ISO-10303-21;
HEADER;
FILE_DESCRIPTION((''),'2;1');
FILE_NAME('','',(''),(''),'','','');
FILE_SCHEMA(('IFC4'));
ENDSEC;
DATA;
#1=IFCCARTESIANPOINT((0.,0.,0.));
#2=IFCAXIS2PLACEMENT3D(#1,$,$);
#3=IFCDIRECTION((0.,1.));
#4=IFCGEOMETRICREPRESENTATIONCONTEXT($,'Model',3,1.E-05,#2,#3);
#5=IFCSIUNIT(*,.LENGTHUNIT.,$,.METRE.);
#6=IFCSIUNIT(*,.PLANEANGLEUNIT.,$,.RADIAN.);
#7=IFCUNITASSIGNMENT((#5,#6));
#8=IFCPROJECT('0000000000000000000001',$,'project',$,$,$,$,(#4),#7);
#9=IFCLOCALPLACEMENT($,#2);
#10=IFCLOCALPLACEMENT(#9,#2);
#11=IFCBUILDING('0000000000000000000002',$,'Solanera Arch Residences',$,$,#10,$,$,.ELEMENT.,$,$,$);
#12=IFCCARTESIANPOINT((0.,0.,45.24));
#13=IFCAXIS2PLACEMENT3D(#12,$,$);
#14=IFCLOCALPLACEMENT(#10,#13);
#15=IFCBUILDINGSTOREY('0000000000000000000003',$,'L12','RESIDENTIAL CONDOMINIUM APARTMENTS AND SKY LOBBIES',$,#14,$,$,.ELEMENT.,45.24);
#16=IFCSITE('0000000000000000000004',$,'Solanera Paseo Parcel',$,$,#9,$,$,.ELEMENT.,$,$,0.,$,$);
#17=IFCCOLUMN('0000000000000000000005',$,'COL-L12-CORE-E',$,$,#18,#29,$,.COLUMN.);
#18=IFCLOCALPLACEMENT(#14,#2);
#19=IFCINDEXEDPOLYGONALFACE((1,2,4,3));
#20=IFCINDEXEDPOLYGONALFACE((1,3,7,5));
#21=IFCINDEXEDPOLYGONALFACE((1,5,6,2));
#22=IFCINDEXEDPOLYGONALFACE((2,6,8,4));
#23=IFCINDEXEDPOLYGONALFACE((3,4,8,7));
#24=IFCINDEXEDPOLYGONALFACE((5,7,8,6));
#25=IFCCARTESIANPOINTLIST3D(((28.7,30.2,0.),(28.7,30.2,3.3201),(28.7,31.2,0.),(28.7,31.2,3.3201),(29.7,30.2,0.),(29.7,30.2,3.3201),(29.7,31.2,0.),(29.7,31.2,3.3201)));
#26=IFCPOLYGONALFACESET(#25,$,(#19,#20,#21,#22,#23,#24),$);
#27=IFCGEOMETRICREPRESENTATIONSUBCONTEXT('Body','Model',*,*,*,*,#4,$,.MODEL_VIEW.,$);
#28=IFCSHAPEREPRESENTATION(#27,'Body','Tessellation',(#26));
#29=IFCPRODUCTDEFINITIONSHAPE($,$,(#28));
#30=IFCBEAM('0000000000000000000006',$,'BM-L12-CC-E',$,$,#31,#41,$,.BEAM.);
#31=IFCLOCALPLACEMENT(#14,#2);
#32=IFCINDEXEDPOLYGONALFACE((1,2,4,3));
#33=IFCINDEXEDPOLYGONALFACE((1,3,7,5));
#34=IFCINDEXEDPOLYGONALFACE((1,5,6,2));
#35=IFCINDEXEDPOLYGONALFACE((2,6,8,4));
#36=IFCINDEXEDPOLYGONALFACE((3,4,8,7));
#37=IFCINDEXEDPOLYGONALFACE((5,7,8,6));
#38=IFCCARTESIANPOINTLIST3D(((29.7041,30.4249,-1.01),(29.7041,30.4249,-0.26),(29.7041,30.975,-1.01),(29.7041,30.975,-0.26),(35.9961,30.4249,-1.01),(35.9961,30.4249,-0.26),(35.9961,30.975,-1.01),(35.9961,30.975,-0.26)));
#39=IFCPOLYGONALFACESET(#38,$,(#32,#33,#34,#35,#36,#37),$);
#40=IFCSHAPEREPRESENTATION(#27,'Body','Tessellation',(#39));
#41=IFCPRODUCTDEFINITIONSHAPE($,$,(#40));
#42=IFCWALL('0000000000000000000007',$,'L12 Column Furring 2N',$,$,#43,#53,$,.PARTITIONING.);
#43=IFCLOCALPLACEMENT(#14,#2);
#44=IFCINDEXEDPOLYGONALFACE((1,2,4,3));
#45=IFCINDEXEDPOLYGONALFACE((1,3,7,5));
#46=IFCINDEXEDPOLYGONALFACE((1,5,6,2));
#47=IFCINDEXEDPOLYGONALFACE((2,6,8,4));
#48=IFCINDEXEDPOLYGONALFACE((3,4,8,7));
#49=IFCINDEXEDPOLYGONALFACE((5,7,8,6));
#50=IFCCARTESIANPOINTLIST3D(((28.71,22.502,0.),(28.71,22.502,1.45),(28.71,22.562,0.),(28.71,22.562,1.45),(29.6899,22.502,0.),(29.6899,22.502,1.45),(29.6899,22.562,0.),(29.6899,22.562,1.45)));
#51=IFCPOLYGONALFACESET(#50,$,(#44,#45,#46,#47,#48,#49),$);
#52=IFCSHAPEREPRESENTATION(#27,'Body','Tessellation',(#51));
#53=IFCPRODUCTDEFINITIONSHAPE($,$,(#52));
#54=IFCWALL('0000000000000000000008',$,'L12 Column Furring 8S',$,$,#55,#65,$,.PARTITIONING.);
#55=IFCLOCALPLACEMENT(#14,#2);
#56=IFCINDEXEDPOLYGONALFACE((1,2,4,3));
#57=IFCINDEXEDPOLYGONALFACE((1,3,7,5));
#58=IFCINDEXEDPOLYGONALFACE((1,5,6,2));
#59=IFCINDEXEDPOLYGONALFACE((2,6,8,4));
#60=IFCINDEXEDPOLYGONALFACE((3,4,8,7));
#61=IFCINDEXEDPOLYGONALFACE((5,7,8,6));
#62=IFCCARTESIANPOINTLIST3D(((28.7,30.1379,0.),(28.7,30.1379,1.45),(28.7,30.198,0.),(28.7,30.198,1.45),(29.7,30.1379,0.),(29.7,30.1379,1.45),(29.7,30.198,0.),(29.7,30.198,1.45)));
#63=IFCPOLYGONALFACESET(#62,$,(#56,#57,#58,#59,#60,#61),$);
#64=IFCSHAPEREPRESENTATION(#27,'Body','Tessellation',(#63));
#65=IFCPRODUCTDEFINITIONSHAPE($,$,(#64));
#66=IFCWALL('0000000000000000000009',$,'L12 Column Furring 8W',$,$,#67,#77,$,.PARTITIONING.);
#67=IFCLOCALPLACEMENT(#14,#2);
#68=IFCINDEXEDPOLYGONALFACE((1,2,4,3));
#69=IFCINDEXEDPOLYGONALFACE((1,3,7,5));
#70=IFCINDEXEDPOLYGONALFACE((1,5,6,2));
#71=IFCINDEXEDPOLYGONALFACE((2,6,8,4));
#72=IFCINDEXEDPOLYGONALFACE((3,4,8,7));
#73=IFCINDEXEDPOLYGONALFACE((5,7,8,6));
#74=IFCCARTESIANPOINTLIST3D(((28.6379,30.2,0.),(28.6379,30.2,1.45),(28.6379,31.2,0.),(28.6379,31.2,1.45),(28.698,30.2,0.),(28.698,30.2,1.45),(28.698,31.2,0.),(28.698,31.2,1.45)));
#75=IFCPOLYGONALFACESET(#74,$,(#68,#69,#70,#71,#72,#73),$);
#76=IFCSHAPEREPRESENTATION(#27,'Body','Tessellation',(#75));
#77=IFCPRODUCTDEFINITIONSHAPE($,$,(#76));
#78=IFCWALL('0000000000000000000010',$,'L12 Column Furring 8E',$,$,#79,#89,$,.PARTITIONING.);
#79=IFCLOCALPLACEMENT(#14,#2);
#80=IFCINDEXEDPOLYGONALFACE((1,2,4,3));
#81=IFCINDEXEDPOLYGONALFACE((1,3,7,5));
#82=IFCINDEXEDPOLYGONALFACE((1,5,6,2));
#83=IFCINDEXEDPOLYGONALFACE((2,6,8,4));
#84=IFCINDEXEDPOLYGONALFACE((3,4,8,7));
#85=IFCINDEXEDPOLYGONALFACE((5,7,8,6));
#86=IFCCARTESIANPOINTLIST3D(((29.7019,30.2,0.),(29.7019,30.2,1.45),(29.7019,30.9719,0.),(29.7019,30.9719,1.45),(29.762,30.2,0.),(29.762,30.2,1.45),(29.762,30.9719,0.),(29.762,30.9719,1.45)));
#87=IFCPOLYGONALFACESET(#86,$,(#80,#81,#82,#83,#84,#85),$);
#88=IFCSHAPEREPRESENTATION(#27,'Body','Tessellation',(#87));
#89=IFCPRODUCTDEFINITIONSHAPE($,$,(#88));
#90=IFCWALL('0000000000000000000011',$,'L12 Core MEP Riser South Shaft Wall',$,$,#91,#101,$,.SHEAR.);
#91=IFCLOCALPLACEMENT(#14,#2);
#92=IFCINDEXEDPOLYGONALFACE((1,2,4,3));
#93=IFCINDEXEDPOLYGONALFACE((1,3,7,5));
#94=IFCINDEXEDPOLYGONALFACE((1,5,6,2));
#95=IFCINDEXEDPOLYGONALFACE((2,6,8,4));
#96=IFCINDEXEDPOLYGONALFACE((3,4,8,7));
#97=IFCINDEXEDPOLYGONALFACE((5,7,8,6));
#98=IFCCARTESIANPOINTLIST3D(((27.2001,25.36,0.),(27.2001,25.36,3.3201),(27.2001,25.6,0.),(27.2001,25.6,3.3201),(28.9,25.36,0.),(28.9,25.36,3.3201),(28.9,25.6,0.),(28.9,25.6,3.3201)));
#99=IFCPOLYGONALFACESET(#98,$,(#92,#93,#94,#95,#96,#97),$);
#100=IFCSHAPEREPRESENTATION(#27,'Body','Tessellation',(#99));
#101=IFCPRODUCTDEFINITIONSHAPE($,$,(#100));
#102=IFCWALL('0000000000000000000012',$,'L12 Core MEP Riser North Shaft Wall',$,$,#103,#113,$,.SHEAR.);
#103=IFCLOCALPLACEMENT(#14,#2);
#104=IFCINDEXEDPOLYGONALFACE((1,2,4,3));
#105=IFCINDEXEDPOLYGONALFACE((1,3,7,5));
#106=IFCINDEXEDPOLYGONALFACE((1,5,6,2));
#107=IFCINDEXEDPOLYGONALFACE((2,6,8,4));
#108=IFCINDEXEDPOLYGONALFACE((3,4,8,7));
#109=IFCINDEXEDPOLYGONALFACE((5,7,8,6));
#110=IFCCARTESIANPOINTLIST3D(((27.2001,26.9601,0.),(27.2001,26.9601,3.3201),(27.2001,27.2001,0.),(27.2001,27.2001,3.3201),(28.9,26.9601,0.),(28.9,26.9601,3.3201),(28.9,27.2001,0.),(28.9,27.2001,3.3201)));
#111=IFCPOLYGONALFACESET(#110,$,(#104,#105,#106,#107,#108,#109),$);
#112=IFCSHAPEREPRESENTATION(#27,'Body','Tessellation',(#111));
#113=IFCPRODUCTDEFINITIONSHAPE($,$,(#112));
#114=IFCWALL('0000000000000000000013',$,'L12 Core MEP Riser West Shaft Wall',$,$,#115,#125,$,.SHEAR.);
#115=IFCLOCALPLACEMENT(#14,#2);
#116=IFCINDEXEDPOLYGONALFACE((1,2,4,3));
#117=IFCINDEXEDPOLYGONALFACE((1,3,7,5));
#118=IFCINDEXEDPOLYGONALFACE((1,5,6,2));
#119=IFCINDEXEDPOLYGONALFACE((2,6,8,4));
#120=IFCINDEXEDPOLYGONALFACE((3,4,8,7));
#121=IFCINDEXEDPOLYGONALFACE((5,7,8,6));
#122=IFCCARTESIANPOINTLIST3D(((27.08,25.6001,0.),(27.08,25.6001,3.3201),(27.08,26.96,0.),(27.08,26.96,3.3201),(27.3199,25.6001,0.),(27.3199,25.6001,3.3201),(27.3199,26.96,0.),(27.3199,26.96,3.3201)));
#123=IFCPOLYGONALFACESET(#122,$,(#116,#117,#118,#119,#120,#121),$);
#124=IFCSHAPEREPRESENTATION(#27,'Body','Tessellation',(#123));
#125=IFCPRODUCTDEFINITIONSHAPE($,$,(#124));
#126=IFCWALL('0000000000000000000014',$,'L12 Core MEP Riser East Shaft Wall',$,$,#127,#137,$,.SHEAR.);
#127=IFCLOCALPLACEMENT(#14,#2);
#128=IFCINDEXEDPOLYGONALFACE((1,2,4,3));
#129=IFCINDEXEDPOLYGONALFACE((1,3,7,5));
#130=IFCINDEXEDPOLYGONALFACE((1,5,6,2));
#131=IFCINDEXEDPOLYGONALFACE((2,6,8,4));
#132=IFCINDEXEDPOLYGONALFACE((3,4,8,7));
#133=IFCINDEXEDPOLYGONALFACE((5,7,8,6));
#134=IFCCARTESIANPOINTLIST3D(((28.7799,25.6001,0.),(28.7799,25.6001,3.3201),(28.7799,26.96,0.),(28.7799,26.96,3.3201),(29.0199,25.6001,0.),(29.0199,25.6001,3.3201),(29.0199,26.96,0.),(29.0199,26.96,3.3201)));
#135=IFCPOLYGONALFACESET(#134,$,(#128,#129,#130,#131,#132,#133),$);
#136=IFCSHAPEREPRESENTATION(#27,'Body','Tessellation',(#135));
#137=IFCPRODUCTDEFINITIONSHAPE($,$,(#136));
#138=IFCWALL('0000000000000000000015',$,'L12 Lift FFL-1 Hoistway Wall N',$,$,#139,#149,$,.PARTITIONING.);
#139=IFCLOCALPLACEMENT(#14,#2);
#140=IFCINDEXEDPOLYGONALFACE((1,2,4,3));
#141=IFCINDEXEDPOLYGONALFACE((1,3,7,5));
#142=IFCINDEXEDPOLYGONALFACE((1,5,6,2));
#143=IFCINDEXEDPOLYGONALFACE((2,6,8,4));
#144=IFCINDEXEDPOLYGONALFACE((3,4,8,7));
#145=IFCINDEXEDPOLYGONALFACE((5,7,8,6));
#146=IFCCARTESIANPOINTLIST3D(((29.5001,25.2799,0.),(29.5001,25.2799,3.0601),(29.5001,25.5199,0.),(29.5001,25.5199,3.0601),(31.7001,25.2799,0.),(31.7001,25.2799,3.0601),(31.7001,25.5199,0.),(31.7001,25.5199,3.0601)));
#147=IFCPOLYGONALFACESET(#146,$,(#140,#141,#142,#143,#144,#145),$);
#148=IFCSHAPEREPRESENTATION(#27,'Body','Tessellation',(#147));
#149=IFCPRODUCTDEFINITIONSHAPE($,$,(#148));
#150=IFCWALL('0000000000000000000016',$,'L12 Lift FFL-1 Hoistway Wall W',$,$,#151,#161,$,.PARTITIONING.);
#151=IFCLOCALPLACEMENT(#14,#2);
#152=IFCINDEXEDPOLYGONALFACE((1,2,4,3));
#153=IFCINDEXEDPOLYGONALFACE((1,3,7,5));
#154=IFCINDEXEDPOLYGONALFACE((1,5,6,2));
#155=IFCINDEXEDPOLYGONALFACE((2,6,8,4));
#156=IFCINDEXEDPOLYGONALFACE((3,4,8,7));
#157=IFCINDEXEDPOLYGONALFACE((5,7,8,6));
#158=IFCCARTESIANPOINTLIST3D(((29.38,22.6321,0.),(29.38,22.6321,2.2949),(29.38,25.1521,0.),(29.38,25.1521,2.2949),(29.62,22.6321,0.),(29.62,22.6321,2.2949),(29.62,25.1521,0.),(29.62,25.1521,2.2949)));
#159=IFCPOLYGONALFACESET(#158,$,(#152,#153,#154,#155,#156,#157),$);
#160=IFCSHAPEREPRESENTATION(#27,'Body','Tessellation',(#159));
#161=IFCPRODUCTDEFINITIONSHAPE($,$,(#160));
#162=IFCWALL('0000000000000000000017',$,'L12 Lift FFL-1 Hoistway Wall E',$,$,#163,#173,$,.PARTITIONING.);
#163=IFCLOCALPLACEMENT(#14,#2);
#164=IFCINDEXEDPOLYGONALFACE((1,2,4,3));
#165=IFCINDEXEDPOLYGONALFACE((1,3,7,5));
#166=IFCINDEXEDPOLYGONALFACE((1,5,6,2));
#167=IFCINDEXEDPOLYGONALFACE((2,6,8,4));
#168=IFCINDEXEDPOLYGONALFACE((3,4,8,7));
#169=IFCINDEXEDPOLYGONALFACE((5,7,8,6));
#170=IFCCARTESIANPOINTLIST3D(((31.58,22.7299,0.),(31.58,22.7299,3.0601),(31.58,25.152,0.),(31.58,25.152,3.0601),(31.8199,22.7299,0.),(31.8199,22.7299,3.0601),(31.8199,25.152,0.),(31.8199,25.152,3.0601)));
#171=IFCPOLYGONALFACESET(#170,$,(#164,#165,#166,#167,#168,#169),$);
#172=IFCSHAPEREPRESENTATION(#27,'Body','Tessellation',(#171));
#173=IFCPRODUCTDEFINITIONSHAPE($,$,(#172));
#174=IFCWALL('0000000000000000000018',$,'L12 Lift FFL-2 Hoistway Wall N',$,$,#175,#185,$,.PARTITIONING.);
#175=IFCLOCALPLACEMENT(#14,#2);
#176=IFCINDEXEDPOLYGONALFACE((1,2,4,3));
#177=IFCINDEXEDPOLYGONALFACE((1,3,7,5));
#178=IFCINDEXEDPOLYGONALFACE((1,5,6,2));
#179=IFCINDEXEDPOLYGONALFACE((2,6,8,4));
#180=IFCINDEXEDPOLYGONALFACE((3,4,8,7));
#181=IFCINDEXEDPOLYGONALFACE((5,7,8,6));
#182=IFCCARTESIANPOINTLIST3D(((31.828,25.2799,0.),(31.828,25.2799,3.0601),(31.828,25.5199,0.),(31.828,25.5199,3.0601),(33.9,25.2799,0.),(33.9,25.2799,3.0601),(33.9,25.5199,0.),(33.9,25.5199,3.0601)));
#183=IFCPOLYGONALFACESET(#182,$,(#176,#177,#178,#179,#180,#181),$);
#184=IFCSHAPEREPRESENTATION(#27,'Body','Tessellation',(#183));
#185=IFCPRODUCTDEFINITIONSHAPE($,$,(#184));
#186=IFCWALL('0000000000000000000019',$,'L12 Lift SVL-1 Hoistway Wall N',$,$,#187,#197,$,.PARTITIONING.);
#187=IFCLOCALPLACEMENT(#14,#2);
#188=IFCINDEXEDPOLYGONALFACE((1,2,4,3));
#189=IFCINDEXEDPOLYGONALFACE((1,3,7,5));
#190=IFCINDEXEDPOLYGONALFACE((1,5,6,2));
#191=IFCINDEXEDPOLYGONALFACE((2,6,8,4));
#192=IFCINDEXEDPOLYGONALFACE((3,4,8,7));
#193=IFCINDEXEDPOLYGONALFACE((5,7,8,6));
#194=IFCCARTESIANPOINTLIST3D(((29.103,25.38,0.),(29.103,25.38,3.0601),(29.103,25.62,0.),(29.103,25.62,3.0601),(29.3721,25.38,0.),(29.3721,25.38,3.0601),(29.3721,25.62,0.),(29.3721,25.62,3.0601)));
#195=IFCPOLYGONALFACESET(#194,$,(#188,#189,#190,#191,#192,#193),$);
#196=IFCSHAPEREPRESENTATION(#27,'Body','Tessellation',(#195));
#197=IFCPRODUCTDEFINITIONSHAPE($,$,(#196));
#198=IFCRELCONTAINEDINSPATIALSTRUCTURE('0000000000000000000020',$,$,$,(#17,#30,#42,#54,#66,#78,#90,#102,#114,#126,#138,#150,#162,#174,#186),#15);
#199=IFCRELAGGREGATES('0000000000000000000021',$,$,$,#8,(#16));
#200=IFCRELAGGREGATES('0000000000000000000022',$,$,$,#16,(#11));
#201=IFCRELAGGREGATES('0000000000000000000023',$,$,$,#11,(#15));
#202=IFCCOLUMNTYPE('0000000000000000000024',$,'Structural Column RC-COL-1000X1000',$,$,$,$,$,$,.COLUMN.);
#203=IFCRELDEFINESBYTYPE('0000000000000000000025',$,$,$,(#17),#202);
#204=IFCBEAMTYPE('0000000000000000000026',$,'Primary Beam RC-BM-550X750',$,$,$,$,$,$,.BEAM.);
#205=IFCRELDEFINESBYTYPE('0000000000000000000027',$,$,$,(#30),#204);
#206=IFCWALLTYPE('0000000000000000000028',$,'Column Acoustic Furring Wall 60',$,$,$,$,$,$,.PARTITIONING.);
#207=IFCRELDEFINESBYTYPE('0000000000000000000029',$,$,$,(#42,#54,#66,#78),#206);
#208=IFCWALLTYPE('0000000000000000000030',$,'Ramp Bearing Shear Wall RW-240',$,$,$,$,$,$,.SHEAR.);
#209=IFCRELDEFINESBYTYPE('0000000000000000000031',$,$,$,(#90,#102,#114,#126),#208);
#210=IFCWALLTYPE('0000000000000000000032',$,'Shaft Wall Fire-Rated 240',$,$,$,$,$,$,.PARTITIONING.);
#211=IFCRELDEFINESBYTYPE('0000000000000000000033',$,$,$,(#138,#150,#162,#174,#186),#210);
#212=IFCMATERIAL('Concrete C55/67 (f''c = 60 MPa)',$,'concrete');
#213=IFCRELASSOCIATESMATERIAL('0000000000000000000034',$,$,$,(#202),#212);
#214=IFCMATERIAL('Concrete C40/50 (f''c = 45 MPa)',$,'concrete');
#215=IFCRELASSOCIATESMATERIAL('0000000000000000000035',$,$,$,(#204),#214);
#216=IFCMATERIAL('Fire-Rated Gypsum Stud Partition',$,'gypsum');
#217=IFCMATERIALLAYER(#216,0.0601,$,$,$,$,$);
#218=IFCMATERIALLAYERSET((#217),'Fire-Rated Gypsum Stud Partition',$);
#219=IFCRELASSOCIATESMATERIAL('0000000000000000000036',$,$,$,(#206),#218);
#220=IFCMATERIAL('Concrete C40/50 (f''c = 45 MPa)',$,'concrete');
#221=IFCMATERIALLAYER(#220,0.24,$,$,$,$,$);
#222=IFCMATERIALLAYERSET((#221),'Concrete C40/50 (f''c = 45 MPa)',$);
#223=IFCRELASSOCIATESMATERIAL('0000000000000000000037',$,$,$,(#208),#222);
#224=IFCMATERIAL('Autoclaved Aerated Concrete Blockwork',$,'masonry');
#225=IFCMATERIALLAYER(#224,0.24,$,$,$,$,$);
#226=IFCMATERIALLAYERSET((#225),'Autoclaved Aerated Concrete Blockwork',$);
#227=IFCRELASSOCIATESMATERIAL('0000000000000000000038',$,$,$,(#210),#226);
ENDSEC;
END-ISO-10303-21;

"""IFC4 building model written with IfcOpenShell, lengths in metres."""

from ifc_helpers import new_model, si_unit, direction, frame, frame_2d, origin, origin_2d, place, context, subcontext, project, spatial, rectangle, extrude, material, layer, layer_set, material_profile, profile_set, type_object, element, save


model = new_model("IFC4")

# Units and contexts
model_context = context("Model", 3, precision=1e-05, world=origin(), true_north=direction((0.0, 1.0)))
body_context = subcontext(model_context, "Body", "Model", "MODEL_VIEW")
ifc_project = project(units=[si_unit("LENGTHUNIT", "METRE"), si_unit("PLANEANGLEUNIT", "RADIAN")], contexts=[model_context])

# Site, building, storey
site_placement = place(None, origin())
site = spatial("IfcSite", under=ifc_project, at=site_placement, Name="Solanera Paseo Parcel", CompositionType="ELEMENT", RefElevation=0.0)
building_placement = place(site_placement, origin())
building = spatial("IfcBuilding", under=site, at=building_placement, Name="Solanera Arch Residences", CompositionType="ELEMENT")
storey_placement = place(building_placement, frame((0.0, 0.0, 45.24)))
storey = spatial("IfcBuildingStorey", under=building, at=storey_placement, Name="L12", Description="RESIDENTIAL CONDOMINIUM APARTMENTS AND SKY LOBBIES", CompositionType="ELEMENT", Elevation=45.24)

# Column
ifc_material_1 = material(Name="Concrete C55/67 (f'c = 60 MPa)", Category="concrete")
ifc_material_profile_1 = material_profile(ifc_material_1, rectangle(XDim=1.0, YDim=1.0, at=origin_2d()))
ifc_profile_set_1 = profile_set([ifc_material_profile_1], Name="Concrete C55/67 (f'c = 60 MPa)")
column_type = type_object("IfcColumnType", Name="Structural Column RC-COL-1000X1000", PredefinedType="COLUMN", material=ifc_profile_set_1)
column_placement = place(storey_placement, frame((29.2, 30.7, 0.0), z_axis=(0.0, 0.0, 1.0), x_axis=(1.0, 0.0, 0.0)))
element("IfcColumn", 1, at=column_placement, inside=storey, type_object=column_type, Name="COL-L12-CORE-E", PredefinedType="COLUMN", context=body_context, shape_type="SweptSolid", body=[
    extrude(rectangle(XDim=1.0, YDim=1.0, at=origin_2d()), origin(), (0.0, 0.0, 1.0), 3.3201),
])

# Beam
ifc_material_2 = material(Name="Concrete C40/50 (f'c = 45 MPa)", Category="concrete")
ifc_material_profile_2 = material_profile(ifc_material_2, rectangle(XDim=0.55, YDim=0.75, at=origin_2d()))
ifc_profile_set_2 = profile_set([ifc_material_profile_2], Name="Concrete C40/50 (f'c = 45 MPa)")
beam_type = type_object("IfcBeamType", Name="Primary Beam RC-BM-550X750", PredefinedType="BEAM", material=ifc_profile_set_2)
beam_placement = place(storey_placement, frame((29.7041, 30.7, -0.635), z_axis=(1.0, 0.0, 0.0), x_axis=(0.0, 1.0, 0.0)))
element("IfcBeam", 2, at=beam_placement, inside=storey, type_object=beam_type, Name="BM-L12-CC-E", PredefinedType="BEAM", context=body_context, shape_type="SweptSolid", body=[
    extrude(rectangle(XDim=0.55, YDim=0.75, at=origin_2d()), origin(), (0.0, 0.0, 1.0), 6.292),
])

# Walls
ifc_material_3 = material(Name="Fire-Rated Gypsum Stud Partition", Category="gypsum")
ifc_layer_1 = layer(ifc_material_3, 0.0601)
ifc_layer_set_1 = layer_set([ifc_layer_1], Name="Fire-Rated Gypsum Stud Partition")
wall_type_1 = type_object("IfcWallType", Name="Column Acoustic Furring Wall 60", PredefinedType="PARTITIONING", material=ifc_layer_set_1)
wall_1_placement = place(storey_placement, frame((28.71, 22.532, 0.0), z_axis=(0.0, 0.0, 1.0), x_axis=(1.0, 0.0, 0.0)))
element("IfcWall", 3, at=wall_1_placement, inside=storey, type_object=wall_type_1, Name="L12 Column Furring 2N", PredefinedType="PARTITIONING", context=body_context, shape_type="SweptSolid", body=[
    extrude(rectangle(XDim=0.98, YDim=0.0601, at=frame_2d((0.49, 0.0))), origin(), (0.0, 0.0, 1.0), 1.45),
])
for number, where, z_axis, x_axis, name in (
    (4, (28.7, 30.168, 0.0), (0.0, 0.0, 1.0), (1.0, 0.0, 0.0), "L12 Column Furring 8S"),
    (5, (28.668, 30.2, 0.0), (0.0, 0.0, 1.0), (0.0, 1.0, 0.0), "L12 Column Furring 8W"),
):
    element("IfcWall", number, at=place(storey_placement, frame(where, z_axis=z_axis, x_axis=x_axis)), inside=storey, type_object=wall_type_1, Name=name, PredefinedType="PARTITIONING", context=body_context, shape_type="SweptSolid", body=[
        extrude(rectangle(XDim=1.0, YDim=0.0601, at=frame_2d((0.5, 0.0))), origin(), (0.0, 0.0, 1.0), 1.45),
    ])
wall_2_placement = place(storey_placement, frame((29.7319, 30.2, 0.0), z_axis=(0.0, 0.0, 1.0), x_axis=(0.0, 1.0, 0.0)))
element("IfcWall", 6, at=wall_2_placement, inside=storey, type_object=wall_type_1, Name="L12 Column Furring 8E", PredefinedType="PARTITIONING", context=body_context, shape_type="SweptSolid", body=[
    extrude(rectangle(XDim=0.772, YDim=0.0601, at=frame_2d((0.386, 0.0))), origin(), (0.0, 0.0, 1.0), 1.45),
])
ifc_material_4 = material(Name="Concrete C40/50 (f'c = 45 MPa)", Category="concrete")
ifc_layer_2 = layer(ifc_material_4, 0.24)
ifc_layer_set_2 = layer_set([ifc_layer_2], Name="Concrete C40/50 (f'c = 45 MPa)")
wall_type_2 = type_object("IfcWallType", Name="Ramp Bearing Shear Wall RW-240", PredefinedType="SHEAR", material=ifc_layer_set_2)
for number, where, z_axis, x_axis, name in (
    (7, (27.2, 25.48, 0.0), (0.0, 0.0, 1.0), (1.0, 0.0, 0.0), "L12 Core MEP Riser South Shaft Wall"),
    (8, (27.2, 27.0801, 0.0), (0.0, 0.0, 1.0), (1.0, 0.0, 0.0), "L12 Core MEP Riser North Shaft Wall"),
):
    element("IfcWall", number, at=place(storey_placement, frame(where, z_axis=z_axis, x_axis=x_axis)), inside=storey, type_object=wall_type_2, Name=name, PredefinedType="SHEAR", context=body_context, shape_type="SweptSolid", body=[
        extrude(rectangle(XDim=1.7, YDim=0.24, at=frame_2d((0.8501, 0.0))), origin(), (0.0, 0.0, 1.0), 3.3201),
    ])
for number, where, z_axis, x_axis, name in (
    (9, (27.2, 25.6001, 0.0), (0.0, 0.0, 1.0), (0.0, 1.0, 0.0), "L12 Core MEP Riser West Shaft Wall"),
    (10, (28.8999, 25.6001, 0.0), (0.0, 0.0, 1.0), (0.0, 1.0, 0.0), "L12 Core MEP Riser East Shaft Wall"),
):
    element("IfcWall", number, at=place(storey_placement, frame(where, z_axis=z_axis, x_axis=x_axis)), inside=storey, type_object=wall_type_2, Name=name, PredefinedType="SHEAR", context=body_context, shape_type="SweptSolid", body=[
        extrude(rectangle(XDim=1.3599, YDim=0.24, at=frame_2d((0.6799, 0.0))), origin(), (0.0, 0.0, 1.0), 3.3201),
    ])
ifc_material_5 = material(Name="Autoclaved Aerated Concrete Blockwork", Category="masonry")
ifc_layer_3 = layer(ifc_material_5, 0.24)
ifc_layer_set_3 = layer_set([ifc_layer_3], Name="Autoclaved Aerated Concrete Blockwork")
wall_type_3 = type_object("IfcWallType", Name="Shaft Wall Fire-Rated 240", PredefinedType="PARTITIONING", material=ifc_layer_set_3)
wall_3_placement = place(storey_placement, frame((29.5, 25.3999, 0.0), z_axis=(0.0, 0.0, 1.0), x_axis=(1.0, 0.0, 0.0)))
element("IfcWall", 11, at=wall_3_placement, inside=storey, type_object=wall_type_3, Name="L12 Lift FFL-1 Hoistway Wall N", PredefinedType="PARTITIONING", context=body_context, shape_type="SweptSolid", body=[
    extrude(rectangle(XDim=2.2, YDim=0.24, at=frame_2d((1.1001, 0.0))), origin(), (0.0, 0.0, 1.0), 3.0601),
])
wall_4_placement = place(storey_placement, frame((29.5, 22.6321, 0.0), z_axis=(0.0, 0.0, 1.0), x_axis=(0.0, 1.0, 0.0)))
element("IfcWall", 12, at=wall_4_placement, inside=storey, type_object=wall_type_3, Name="L12 Lift FFL-1 Hoistway Wall W", PredefinedType="PARTITIONING", context=body_context, shape_type="SweptSolid", body=[
    extrude(rectangle(XDim=2.52, YDim=0.24, at=frame_2d((1.26, 0.0))), origin(), (0.0, 0.0, 1.0), 2.2949),
])
wall_5_placement = place(storey_placement, frame((31.7, 22.73, 0.0), z_axis=(0.0, 0.0, 1.0), x_axis=(0.0, 1.0, 0.0)))
element("IfcWall", 13, at=wall_5_placement, inside=storey, type_object=wall_type_3, Name="L12 Lift FFL-1 Hoistway Wall E", PredefinedType="PARTITIONING", context=body_context, shape_type="SweptSolid", body=[
    extrude(rectangle(XDim=2.4221, YDim=0.24, at=frame_2d((1.2109, 0.0))), origin(), (0.0, 0.0, 1.0), 3.0601),
])
wall_6_placement = place(storey_placement, frame((31.8279, 25.3999, 0.0), z_axis=(0.0, 0.0, 1.0), x_axis=(1.0, 0.0, 0.0)))
element("IfcWall", 14, at=wall_6_placement, inside=storey, type_object=wall_type_3, Name="L12 Lift FFL-2 Hoistway Wall N", PredefinedType="PARTITIONING", context=body_context, shape_type="SweptSolid", body=[
    extrude(rectangle(XDim=2.072, YDim=0.24, at=frame_2d((1.0361, 0.0))), origin(), (0.0, 0.0, 1.0), 3.0601),
])
wall_7_placement = place(storey_placement, frame((29.103, 25.5, 0.0), z_axis=(0.0, 0.0, 1.0), x_axis=(1.0, 0.0, 0.0)))
element("IfcWall", 15, at=wall_7_placement, inside=storey, type_object=wall_type_3, Name="L12 Lift SVL-1 Hoistway Wall N", PredefinedType="PARTITIONING", context=body_context, shape_type="SweptSolid", body=[
    extrude(rectangle(XDim=0.269, YDim=0.24, at=frame_2d((0.1345, 0.0))), origin(), (0.0, 0.0, 1.0), 3.0601),
])

save(model, "model.ifc")
